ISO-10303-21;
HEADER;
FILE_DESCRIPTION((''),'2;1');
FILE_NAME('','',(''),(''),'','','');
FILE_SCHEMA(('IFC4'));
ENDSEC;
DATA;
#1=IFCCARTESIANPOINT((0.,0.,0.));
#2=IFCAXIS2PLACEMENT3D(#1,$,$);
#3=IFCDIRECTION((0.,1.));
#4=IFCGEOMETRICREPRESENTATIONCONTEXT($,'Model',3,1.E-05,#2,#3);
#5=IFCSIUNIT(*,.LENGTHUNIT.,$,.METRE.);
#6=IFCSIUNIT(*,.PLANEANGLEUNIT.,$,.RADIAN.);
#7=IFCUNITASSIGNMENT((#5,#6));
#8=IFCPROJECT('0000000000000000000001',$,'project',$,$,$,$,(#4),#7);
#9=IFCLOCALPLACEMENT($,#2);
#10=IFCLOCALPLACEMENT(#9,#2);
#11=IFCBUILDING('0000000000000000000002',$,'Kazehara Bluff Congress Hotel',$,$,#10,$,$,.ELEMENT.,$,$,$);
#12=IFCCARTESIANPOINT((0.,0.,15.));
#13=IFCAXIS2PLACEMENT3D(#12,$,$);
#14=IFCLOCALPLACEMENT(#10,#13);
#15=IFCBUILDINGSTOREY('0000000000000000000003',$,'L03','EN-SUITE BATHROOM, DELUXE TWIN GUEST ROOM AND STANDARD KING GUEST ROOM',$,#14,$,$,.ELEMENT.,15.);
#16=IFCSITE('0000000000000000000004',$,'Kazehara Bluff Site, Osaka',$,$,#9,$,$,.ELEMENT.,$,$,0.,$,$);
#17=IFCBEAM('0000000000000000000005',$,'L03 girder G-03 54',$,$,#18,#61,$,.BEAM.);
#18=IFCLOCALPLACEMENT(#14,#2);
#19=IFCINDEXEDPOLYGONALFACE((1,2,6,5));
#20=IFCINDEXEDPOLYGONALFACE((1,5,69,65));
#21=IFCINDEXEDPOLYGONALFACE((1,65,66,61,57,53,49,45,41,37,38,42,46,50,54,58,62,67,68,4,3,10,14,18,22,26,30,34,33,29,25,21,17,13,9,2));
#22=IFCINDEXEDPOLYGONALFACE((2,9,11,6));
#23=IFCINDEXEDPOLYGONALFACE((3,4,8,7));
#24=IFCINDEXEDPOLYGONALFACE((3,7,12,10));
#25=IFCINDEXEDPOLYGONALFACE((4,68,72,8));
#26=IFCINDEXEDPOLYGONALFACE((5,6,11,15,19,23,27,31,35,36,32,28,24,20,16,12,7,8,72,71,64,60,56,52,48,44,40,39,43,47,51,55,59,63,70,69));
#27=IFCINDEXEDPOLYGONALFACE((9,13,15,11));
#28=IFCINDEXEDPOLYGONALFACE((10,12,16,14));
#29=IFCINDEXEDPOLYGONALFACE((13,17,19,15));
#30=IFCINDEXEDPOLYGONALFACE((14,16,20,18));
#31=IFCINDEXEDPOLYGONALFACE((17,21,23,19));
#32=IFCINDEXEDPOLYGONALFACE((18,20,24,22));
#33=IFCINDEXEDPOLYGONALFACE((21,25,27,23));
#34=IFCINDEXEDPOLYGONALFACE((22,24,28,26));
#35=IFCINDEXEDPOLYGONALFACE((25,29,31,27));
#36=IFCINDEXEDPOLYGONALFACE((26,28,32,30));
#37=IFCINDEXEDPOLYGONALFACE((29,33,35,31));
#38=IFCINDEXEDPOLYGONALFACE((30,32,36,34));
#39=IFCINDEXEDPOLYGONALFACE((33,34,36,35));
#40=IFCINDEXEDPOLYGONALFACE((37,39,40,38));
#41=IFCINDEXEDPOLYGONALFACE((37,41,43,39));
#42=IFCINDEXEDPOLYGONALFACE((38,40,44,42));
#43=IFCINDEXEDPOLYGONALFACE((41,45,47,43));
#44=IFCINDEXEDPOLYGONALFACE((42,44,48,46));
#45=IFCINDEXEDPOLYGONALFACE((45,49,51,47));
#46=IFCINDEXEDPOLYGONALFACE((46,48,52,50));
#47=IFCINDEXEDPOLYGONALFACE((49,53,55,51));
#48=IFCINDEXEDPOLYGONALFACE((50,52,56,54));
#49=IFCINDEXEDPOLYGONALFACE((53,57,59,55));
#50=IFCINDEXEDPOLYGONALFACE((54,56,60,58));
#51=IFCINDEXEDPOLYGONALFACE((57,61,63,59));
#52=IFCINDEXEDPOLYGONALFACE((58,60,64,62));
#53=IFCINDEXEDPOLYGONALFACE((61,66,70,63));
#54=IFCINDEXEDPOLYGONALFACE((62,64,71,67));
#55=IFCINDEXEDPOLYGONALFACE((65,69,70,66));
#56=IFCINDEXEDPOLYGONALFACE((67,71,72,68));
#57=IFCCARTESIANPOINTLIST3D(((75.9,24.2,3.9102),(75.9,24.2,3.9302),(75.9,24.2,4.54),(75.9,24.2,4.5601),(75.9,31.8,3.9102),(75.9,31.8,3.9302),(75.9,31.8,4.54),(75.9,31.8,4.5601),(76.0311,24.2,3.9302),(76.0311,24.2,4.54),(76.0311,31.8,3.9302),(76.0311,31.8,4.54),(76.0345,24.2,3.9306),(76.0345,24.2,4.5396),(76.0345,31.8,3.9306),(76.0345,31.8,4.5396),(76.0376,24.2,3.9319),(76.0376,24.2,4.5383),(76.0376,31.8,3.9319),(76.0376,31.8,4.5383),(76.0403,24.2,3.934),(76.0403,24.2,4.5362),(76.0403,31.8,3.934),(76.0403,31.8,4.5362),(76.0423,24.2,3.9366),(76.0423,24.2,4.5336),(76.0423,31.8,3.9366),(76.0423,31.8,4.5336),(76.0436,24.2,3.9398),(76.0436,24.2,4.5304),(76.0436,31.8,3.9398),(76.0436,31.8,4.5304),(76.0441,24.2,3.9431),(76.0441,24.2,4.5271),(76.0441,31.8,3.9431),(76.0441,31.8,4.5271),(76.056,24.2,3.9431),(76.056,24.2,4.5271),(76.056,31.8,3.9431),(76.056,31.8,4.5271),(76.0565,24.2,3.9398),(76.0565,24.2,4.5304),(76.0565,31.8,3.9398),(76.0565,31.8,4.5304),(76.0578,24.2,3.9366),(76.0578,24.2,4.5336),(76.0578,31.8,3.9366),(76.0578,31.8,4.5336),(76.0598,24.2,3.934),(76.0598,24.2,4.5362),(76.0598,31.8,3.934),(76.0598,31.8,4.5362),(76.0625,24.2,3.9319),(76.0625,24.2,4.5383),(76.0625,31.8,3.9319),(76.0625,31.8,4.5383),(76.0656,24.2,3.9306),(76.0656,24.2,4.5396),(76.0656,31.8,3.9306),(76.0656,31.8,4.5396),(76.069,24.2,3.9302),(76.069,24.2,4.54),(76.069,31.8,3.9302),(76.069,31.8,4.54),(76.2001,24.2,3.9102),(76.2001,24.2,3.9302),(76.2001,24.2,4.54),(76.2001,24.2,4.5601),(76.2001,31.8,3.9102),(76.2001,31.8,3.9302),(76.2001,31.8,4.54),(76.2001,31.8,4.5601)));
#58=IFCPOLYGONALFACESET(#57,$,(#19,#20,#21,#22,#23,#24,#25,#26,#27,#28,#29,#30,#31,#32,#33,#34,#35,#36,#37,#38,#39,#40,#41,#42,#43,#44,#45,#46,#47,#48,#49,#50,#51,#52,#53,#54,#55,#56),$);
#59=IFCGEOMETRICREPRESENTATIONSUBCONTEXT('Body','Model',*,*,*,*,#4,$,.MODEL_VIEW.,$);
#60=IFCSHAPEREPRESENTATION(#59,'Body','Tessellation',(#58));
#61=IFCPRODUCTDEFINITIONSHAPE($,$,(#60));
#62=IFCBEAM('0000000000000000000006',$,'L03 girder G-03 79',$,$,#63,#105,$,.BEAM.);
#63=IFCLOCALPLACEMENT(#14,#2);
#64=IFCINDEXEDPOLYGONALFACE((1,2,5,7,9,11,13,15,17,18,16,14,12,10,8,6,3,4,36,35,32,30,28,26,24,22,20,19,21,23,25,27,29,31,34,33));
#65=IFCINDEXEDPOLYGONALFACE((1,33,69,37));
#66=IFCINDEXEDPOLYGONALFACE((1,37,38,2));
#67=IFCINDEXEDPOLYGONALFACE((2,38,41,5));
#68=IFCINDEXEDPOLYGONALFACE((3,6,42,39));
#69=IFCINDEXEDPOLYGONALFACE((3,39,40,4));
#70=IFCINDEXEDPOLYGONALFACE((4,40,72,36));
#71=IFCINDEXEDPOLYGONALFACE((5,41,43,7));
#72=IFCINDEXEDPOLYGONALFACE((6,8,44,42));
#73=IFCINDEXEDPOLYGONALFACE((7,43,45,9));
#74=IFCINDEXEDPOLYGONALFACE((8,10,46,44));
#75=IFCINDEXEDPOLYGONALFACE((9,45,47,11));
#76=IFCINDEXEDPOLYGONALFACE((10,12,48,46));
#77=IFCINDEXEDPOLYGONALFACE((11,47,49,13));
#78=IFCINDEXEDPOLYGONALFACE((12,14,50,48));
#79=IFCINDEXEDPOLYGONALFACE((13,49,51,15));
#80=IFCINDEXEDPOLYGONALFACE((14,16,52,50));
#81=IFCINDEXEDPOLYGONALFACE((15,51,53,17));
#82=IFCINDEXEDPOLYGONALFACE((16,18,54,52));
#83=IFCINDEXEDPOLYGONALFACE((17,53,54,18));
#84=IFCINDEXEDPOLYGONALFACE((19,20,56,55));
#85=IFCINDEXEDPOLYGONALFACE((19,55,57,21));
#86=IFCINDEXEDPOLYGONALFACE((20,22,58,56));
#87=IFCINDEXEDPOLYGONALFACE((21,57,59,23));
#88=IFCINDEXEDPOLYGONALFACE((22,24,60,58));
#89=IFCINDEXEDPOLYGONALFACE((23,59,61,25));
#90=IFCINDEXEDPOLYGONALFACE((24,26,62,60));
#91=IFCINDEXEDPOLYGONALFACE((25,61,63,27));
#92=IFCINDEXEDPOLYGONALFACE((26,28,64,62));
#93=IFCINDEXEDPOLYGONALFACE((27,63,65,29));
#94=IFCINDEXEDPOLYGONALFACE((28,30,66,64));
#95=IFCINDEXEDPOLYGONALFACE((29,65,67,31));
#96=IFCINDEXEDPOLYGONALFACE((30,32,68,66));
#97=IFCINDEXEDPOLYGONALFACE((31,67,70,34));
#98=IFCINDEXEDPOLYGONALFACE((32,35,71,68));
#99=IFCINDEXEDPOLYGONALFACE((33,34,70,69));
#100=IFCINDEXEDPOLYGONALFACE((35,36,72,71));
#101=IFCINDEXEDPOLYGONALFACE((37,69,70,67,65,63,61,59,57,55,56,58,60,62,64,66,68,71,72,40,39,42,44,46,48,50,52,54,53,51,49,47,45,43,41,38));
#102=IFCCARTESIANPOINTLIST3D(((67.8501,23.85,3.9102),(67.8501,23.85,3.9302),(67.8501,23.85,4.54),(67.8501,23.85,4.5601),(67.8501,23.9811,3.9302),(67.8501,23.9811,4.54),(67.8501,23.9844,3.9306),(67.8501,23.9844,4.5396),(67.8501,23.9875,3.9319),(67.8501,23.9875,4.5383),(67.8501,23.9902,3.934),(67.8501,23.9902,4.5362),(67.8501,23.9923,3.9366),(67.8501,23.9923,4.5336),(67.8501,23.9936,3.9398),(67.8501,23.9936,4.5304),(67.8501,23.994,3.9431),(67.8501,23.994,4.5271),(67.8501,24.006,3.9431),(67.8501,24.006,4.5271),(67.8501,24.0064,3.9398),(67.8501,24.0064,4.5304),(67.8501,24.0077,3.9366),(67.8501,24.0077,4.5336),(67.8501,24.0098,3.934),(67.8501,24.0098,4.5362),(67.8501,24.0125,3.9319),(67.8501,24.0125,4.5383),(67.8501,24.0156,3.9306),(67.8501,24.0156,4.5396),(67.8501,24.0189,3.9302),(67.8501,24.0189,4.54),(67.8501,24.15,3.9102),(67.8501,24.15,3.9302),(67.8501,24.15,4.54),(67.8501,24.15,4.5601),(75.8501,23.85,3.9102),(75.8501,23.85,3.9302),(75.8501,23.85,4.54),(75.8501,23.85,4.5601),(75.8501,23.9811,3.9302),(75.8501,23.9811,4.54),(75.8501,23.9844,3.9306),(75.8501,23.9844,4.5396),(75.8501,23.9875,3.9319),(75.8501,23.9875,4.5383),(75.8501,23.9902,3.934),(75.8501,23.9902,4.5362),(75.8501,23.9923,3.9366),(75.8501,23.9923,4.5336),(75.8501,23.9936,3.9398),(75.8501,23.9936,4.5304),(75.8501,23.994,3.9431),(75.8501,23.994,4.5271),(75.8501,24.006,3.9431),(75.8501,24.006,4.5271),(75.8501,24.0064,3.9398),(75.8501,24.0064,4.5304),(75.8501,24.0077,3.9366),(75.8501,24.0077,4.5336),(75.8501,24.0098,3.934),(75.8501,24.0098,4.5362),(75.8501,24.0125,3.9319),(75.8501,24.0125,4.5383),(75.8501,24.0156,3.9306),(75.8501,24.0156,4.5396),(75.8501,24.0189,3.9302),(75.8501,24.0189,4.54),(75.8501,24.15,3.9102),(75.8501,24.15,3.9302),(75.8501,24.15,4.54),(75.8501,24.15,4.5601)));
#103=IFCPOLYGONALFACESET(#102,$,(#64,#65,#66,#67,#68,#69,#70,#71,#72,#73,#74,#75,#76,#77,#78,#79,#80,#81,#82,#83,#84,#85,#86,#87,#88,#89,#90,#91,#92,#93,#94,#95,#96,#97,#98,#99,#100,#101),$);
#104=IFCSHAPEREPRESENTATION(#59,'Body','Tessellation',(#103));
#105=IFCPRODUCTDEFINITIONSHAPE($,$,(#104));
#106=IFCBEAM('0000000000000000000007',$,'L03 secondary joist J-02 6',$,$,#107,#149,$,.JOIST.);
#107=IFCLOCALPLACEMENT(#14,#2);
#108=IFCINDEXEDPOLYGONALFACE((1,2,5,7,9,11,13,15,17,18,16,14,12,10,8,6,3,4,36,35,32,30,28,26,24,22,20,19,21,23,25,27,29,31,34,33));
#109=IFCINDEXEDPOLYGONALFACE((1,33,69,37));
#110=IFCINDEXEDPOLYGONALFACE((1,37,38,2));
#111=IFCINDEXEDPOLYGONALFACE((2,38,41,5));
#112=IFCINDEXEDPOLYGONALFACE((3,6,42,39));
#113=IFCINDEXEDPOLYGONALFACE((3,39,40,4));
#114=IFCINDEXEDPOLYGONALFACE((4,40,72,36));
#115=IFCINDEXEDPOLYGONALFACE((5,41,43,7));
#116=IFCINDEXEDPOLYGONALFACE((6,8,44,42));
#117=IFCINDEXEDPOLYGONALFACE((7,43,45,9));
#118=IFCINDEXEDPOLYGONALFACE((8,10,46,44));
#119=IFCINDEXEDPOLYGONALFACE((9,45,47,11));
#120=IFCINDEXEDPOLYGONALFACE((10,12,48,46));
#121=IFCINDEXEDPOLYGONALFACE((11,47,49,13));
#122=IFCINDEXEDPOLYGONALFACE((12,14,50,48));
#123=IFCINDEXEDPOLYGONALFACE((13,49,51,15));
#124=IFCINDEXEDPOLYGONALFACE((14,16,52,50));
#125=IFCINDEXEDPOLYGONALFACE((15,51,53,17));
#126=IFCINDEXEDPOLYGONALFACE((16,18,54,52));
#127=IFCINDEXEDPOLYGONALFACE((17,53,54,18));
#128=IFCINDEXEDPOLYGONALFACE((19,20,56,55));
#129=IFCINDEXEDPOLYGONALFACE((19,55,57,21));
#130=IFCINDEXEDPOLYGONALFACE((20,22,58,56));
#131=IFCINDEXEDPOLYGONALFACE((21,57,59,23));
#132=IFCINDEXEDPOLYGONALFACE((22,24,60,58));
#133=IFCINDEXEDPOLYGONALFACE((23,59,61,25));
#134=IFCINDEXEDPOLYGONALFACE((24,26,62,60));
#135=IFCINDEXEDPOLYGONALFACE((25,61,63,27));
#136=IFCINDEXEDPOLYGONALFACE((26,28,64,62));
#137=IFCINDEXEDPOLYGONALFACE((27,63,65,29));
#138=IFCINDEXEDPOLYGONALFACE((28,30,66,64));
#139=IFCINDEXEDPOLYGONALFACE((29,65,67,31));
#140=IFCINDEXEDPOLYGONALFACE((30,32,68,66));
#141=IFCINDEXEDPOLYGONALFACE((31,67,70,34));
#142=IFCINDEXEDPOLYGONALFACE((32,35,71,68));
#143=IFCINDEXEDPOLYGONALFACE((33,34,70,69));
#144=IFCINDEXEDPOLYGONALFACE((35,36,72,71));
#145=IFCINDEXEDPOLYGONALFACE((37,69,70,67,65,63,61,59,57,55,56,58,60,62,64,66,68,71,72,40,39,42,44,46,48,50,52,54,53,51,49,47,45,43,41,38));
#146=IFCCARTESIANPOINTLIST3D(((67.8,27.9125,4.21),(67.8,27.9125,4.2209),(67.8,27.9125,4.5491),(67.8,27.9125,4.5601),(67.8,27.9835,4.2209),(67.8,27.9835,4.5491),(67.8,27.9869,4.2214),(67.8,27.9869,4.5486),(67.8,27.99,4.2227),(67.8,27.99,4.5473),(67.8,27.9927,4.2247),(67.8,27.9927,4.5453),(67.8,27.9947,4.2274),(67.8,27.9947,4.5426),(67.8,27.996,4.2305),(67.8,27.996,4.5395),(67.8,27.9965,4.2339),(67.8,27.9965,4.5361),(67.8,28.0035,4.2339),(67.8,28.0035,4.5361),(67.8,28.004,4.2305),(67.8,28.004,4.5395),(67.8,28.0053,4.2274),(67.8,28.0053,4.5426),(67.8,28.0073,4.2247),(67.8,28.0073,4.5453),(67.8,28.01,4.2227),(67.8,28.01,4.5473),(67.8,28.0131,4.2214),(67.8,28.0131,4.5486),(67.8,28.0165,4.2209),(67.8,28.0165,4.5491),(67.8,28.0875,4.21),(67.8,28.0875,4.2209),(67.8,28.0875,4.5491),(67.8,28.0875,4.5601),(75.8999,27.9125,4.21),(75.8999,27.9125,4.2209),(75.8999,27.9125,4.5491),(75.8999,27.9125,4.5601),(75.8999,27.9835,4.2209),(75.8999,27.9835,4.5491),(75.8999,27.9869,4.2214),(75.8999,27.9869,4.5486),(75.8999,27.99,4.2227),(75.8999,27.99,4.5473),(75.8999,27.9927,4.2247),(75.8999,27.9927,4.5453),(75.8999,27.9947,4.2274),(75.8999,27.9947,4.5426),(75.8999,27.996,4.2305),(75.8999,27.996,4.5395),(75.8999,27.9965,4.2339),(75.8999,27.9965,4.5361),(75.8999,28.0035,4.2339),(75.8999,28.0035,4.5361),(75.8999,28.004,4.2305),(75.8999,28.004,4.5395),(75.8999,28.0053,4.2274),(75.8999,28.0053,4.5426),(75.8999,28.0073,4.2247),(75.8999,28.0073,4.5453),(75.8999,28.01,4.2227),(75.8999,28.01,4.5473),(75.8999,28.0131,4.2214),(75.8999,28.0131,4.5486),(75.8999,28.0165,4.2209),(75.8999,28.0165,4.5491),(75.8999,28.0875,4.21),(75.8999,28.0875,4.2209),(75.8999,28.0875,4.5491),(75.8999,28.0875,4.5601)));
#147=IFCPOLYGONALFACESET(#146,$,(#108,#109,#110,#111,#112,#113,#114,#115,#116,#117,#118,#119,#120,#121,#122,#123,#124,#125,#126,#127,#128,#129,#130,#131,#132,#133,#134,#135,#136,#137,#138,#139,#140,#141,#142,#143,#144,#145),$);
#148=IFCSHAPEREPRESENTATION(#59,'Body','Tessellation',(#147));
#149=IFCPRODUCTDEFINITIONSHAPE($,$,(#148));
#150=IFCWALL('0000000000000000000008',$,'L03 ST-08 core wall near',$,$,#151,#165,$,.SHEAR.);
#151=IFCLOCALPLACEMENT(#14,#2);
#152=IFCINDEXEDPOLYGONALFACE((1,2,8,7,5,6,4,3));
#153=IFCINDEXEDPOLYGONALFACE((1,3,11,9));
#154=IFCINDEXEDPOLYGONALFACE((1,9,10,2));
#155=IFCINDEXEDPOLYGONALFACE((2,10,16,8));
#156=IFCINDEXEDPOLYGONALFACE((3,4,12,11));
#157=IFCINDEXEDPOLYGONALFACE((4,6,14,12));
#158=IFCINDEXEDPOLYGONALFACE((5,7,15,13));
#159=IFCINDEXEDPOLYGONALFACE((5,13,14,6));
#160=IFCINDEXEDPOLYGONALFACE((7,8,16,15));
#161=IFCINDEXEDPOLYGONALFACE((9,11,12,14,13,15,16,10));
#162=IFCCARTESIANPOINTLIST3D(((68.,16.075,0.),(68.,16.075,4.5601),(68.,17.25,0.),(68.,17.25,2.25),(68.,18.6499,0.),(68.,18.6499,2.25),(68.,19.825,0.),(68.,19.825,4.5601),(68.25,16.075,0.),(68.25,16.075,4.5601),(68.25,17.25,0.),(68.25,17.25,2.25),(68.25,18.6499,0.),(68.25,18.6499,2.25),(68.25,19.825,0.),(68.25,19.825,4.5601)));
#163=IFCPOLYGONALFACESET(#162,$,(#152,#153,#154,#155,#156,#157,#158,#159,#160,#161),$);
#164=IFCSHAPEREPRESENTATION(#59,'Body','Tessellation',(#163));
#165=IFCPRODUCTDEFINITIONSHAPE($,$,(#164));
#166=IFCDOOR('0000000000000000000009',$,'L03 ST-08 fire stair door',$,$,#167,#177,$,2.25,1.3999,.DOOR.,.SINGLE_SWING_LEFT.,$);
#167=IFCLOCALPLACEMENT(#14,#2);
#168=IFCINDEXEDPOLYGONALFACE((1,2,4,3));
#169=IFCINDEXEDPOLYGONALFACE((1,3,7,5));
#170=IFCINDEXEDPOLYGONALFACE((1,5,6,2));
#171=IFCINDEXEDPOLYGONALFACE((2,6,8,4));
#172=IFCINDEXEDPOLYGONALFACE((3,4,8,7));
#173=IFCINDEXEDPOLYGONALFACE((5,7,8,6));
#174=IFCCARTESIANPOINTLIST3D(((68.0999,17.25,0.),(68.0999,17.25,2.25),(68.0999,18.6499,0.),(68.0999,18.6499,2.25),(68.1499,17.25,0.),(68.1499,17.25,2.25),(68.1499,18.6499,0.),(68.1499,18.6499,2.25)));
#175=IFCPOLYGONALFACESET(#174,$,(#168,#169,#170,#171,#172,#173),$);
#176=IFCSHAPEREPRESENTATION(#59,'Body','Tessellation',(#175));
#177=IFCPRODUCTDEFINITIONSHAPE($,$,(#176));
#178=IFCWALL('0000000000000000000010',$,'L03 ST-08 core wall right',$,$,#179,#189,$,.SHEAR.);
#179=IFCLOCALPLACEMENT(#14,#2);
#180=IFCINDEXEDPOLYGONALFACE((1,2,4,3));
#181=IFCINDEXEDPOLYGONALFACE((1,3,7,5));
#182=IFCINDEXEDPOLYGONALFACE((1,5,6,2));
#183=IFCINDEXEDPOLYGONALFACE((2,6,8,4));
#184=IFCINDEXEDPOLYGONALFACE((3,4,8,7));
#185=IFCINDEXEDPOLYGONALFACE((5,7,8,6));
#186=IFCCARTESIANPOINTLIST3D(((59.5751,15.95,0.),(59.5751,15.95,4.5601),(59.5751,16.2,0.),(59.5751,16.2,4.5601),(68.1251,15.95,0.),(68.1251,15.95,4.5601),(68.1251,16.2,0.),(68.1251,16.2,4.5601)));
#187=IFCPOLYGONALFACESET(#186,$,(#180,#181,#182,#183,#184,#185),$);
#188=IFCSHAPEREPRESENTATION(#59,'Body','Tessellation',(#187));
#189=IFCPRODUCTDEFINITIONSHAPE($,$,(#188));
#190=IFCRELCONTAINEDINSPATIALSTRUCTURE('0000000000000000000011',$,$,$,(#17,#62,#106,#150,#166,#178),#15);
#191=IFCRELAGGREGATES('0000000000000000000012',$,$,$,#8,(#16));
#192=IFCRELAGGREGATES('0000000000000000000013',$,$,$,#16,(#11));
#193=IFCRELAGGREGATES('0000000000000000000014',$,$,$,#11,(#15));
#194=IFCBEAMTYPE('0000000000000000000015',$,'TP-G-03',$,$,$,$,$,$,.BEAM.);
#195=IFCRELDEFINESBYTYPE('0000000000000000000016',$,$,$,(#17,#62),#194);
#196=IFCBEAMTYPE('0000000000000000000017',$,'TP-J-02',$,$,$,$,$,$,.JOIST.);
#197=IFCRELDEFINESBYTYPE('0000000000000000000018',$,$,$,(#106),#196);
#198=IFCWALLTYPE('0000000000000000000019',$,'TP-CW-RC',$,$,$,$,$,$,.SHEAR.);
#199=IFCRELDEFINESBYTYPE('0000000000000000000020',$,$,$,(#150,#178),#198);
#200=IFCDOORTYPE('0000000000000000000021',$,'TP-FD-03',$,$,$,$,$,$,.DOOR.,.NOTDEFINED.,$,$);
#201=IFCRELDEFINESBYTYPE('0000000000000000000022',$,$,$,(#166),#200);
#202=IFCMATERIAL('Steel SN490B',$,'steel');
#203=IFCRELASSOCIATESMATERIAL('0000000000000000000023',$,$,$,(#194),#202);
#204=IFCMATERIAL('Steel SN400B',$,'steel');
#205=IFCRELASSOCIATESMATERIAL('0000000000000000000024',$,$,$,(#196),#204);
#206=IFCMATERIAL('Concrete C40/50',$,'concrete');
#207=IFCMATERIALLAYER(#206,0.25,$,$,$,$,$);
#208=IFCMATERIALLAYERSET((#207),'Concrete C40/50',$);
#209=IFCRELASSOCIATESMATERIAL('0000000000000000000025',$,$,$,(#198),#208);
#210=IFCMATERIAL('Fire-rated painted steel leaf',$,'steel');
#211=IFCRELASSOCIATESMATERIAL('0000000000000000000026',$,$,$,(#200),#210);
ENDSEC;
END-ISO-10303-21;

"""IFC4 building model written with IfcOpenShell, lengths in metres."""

from ifc_helpers import new_model, si_unit, direction, frame, frame_2d, origin, origin_2d, place, context, subcontext, project, spatial, rectangle, i_section, extrude, material, layer, layer_set, material_profile, profile_set, type_object, element, fill, save


model = new_model("IFC4")

# Units and contexts
model_context = context("Model", 3, precision=1e-05, world=origin(), true_north=direction((0.0, 1.0)))
body_context = subcontext(model_context, "Body", "Model", "MODEL_VIEW")
ifc_project = project(units=[si_unit("LENGTHUNIT", "METRE"), si_unit("PLANEANGLEUNIT", "RADIAN")], contexts=[model_context])

# Site, building, storey
site_placement = place(None, origin())
site = spatial("IfcSite", under=ifc_project, at=site_placement, Name="Kazehara Bluff Site, Osaka", CompositionType="ELEMENT", RefElevation=0.0)
building_placement = place(site_placement, origin())
building = spatial("IfcBuilding", under=site, at=building_placement, Name="Kazehara Bluff Congress Hotel", CompositionType="ELEMENT")
storey_placement = place(building_placement, frame((0.0, 0.0, 15.0)))
storey = spatial("IfcBuildingStorey", under=building, at=storey_placement, Name="L03", Description="EN-SUITE BATHROOM, DELUXE TWIN GUEST ROOM AND STANDARD KING GUEST ROOM", CompositionType="ELEMENT", Elevation=15.0)

# Beams
ifc_material_1 = material(Name="Steel SN490B", Category="steel")
ifc_material_profile_1 = material_profile(ifc_material_1, i_section(OverallWidth=0.3, OverallDepth=0.6499, WebThickness=0.012, FlangeThickness=0.02, FilletRadius=0.0129, at=origin_2d()))
ifc_profile_set_1 = profile_set([ifc_material_profile_1], Name="Steel SN490B")
beam_type_1 = type_object("IfcBeamType", Name="TP-G-03", PredefinedType="BEAM", material=ifc_profile_set_1)
for number, where, z_axis, x_axis, name in (
    (1, (76.05, 24.2, 4.2351), (0.0, 1.0, 0.0), (-1.0, 0.0, 0.0), "L03 girder G-03 54"),
):
    element("IfcBeam", number, at=place(storey_placement, frame(where, z_axis=z_axis, x_axis=x_axis)), inside=storey, type_object=beam_type_1, Name=name, PredefinedType="BEAM", context=body_context, shape_type="SweptSolid", body=[
        extrude(i_section(OverallWidth=0.3, OverallDepth=0.6499, WebThickness=0.012, FlangeThickness=0.02, FilletRadius=0.0129, at=origin_2d()), origin(), (0.0, 0.0, 1.0), 7.6001),
    ])
beam_1_placement = place(storey_placement, frame((67.8501, 24.0, 4.2351), z_axis=(1.0, 0.0, 0.0), x_axis=(0.0, 1.0, 0.0)))
element("IfcBeam", 2, at=beam_1_placement, inside=storey, type_object=beam_type_1, Name="L03 girder G-03 79", PredefinedType="BEAM", context=body_context, shape_type="SweptSolid", body=[
    extrude(i_section(OverallWidth=0.3, OverallDepth=0.6499, WebThickness=0.012, FlangeThickness=0.02, FilletRadius=0.0129, at=origin_2d()), origin(), (0.0, 0.0, 1.0), 8.0),
])
ifc_material_2 = material(Name="Steel SN400B", Category="steel")
ifc_material_profile_2 = material_profile(ifc_material_2, i_section(OverallWidth=0.175, OverallDepth=0.3501, WebThickness=0.0071, FlangeThickness=0.011, FilletRadius=0.0129, at=origin_2d()))
ifc_profile_set_2 = profile_set([ifc_material_profile_2], Name="Steel SN400B")
beam_type_2 = type_object("IfcBeamType", Name="TP-J-02", PredefinedType="JOIST", material=ifc_profile_set_2)
beam_2_placement = place(storey_placement, frame((67.8, 28.0, 4.385), z_axis=(1.0, 0.0, 0.0), x_axis=(0.0, 1.0, 0.0)))
element("IfcBeam", 3, at=beam_2_placement, inside=storey, type_object=beam_type_2, Name="L03 secondary joist J-02 6", PredefinedType="JOIST", context=body_context, shape_type="SweptSolid", body=[
    extrude(i_section(OverallWidth=0.175, OverallDepth=0.3501, WebThickness=0.0071, FlangeThickness=0.011, FilletRadius=0.0129, at=origin_2d()), origin(), (0.0, 0.0, 1.0), 8.0999),
])

# Wall, opening, door
ifc_material_3 = material(Name="Concrete C40/50", Category="concrete")
ifc_layer_1 = layer(ifc_material_3, 0.25)
ifc_layer_set_1 = layer_set([ifc_layer_1], Name="Concrete C40/50")
wall_type_1 = type_object("IfcWallType", Name="TP-CW-RC", PredefinedType="SHEAR", material=ifc_layer_set_1)
wall_1_placement = place(storey_placement, frame((68.125, 19.825, 0.0), z_axis=(0.0, 0.0, 1.0), x_axis=(0.0, -1.0, 0.0)))
wall_1 = element("IfcWall", 4, at=wall_1_placement, inside=storey, type_object=wall_type_1, Name="L03 ST-08 core wall near", PredefinedType="SHEAR", context=body_context, shape_type="SweptSolid", body=[
    extrude(rectangle(XDim=3.75, YDim=0.25, at=frame_2d((1.875, 0.0))), origin(), (0.0, 0.0, 1.0), 4.5601),
])
opening_1_placement = place(wall_1_placement, frame((1.175, 0.0, 0.0)))
opening_1 = element("IfcOpeningElement", 5, at=opening_1_placement, cuts=wall_1, PredefinedType="OPENING", context=body_context, shape_type="SweptSolid", body=[
    extrude(rectangle(XDim=1.3999, YDim=2.25, at=frame_2d((0.7, 1.125))), frame((0.0, 0.135, 0.0), z_axis=(0.0, -1.0, 0.0), x_axis=(1.0, 0.0, 0.0)), (0.0, 0.0, 1.0), 0.27),
])
ifc_material_4 = material(Name="Fire-rated painted steel leaf", Category="steel")
door_type_1 = type_object("IfcDoorType", Name="TP-FD-03", OperationType="NOTDEFINED", PredefinedType="DOOR", material=ifc_material_4)
door_1_placement = place(opening_1_placement, origin())
door_1 = element("IfcDoor", 6, at=door_1_placement, inside=storey, type_object=door_type_1, Name="L03 ST-08 fire stair door", OperationType="SINGLE_SWING_LEFT", OverallHeight=2.25, OverallWidth=1.3999, PredefinedType="DOOR", context=body_context, shape_type="SweptSolid", body=[
    extrude(rectangle(XDim=1.3999, YDim=2.25, at=frame_2d((0.7, 1.125))), frame((0.0, 0.0249, 0.0), z_axis=(0.0, -1.0, 0.0), x_axis=(1.0, 0.0, 0.0)), (0.0, 0.0, 1.0), 0.05),
])
fill(opening_1, door_1)

# Wall
wall_2_placement = place(storey_placement, frame((68.125, 16.075, 0.0), z_axis=(0.0, 0.0, 1.0), x_axis=(-1.0, 0.0, 0.0)))
element("IfcWall", 7, at=wall_2_placement, inside=storey, type_object=wall_type_1, Name="L03 ST-08 core wall right", PredefinedType="SHEAR", context=body_context, shape_type="SweptSolid", body=[
    extrude(rectangle(XDim=8.55, YDim=0.25, at=frame_2d((4.2749, 0.0))), origin(), (0.0, 0.0, 1.0), 4.5601),
])

save(model, "model.ifc")
